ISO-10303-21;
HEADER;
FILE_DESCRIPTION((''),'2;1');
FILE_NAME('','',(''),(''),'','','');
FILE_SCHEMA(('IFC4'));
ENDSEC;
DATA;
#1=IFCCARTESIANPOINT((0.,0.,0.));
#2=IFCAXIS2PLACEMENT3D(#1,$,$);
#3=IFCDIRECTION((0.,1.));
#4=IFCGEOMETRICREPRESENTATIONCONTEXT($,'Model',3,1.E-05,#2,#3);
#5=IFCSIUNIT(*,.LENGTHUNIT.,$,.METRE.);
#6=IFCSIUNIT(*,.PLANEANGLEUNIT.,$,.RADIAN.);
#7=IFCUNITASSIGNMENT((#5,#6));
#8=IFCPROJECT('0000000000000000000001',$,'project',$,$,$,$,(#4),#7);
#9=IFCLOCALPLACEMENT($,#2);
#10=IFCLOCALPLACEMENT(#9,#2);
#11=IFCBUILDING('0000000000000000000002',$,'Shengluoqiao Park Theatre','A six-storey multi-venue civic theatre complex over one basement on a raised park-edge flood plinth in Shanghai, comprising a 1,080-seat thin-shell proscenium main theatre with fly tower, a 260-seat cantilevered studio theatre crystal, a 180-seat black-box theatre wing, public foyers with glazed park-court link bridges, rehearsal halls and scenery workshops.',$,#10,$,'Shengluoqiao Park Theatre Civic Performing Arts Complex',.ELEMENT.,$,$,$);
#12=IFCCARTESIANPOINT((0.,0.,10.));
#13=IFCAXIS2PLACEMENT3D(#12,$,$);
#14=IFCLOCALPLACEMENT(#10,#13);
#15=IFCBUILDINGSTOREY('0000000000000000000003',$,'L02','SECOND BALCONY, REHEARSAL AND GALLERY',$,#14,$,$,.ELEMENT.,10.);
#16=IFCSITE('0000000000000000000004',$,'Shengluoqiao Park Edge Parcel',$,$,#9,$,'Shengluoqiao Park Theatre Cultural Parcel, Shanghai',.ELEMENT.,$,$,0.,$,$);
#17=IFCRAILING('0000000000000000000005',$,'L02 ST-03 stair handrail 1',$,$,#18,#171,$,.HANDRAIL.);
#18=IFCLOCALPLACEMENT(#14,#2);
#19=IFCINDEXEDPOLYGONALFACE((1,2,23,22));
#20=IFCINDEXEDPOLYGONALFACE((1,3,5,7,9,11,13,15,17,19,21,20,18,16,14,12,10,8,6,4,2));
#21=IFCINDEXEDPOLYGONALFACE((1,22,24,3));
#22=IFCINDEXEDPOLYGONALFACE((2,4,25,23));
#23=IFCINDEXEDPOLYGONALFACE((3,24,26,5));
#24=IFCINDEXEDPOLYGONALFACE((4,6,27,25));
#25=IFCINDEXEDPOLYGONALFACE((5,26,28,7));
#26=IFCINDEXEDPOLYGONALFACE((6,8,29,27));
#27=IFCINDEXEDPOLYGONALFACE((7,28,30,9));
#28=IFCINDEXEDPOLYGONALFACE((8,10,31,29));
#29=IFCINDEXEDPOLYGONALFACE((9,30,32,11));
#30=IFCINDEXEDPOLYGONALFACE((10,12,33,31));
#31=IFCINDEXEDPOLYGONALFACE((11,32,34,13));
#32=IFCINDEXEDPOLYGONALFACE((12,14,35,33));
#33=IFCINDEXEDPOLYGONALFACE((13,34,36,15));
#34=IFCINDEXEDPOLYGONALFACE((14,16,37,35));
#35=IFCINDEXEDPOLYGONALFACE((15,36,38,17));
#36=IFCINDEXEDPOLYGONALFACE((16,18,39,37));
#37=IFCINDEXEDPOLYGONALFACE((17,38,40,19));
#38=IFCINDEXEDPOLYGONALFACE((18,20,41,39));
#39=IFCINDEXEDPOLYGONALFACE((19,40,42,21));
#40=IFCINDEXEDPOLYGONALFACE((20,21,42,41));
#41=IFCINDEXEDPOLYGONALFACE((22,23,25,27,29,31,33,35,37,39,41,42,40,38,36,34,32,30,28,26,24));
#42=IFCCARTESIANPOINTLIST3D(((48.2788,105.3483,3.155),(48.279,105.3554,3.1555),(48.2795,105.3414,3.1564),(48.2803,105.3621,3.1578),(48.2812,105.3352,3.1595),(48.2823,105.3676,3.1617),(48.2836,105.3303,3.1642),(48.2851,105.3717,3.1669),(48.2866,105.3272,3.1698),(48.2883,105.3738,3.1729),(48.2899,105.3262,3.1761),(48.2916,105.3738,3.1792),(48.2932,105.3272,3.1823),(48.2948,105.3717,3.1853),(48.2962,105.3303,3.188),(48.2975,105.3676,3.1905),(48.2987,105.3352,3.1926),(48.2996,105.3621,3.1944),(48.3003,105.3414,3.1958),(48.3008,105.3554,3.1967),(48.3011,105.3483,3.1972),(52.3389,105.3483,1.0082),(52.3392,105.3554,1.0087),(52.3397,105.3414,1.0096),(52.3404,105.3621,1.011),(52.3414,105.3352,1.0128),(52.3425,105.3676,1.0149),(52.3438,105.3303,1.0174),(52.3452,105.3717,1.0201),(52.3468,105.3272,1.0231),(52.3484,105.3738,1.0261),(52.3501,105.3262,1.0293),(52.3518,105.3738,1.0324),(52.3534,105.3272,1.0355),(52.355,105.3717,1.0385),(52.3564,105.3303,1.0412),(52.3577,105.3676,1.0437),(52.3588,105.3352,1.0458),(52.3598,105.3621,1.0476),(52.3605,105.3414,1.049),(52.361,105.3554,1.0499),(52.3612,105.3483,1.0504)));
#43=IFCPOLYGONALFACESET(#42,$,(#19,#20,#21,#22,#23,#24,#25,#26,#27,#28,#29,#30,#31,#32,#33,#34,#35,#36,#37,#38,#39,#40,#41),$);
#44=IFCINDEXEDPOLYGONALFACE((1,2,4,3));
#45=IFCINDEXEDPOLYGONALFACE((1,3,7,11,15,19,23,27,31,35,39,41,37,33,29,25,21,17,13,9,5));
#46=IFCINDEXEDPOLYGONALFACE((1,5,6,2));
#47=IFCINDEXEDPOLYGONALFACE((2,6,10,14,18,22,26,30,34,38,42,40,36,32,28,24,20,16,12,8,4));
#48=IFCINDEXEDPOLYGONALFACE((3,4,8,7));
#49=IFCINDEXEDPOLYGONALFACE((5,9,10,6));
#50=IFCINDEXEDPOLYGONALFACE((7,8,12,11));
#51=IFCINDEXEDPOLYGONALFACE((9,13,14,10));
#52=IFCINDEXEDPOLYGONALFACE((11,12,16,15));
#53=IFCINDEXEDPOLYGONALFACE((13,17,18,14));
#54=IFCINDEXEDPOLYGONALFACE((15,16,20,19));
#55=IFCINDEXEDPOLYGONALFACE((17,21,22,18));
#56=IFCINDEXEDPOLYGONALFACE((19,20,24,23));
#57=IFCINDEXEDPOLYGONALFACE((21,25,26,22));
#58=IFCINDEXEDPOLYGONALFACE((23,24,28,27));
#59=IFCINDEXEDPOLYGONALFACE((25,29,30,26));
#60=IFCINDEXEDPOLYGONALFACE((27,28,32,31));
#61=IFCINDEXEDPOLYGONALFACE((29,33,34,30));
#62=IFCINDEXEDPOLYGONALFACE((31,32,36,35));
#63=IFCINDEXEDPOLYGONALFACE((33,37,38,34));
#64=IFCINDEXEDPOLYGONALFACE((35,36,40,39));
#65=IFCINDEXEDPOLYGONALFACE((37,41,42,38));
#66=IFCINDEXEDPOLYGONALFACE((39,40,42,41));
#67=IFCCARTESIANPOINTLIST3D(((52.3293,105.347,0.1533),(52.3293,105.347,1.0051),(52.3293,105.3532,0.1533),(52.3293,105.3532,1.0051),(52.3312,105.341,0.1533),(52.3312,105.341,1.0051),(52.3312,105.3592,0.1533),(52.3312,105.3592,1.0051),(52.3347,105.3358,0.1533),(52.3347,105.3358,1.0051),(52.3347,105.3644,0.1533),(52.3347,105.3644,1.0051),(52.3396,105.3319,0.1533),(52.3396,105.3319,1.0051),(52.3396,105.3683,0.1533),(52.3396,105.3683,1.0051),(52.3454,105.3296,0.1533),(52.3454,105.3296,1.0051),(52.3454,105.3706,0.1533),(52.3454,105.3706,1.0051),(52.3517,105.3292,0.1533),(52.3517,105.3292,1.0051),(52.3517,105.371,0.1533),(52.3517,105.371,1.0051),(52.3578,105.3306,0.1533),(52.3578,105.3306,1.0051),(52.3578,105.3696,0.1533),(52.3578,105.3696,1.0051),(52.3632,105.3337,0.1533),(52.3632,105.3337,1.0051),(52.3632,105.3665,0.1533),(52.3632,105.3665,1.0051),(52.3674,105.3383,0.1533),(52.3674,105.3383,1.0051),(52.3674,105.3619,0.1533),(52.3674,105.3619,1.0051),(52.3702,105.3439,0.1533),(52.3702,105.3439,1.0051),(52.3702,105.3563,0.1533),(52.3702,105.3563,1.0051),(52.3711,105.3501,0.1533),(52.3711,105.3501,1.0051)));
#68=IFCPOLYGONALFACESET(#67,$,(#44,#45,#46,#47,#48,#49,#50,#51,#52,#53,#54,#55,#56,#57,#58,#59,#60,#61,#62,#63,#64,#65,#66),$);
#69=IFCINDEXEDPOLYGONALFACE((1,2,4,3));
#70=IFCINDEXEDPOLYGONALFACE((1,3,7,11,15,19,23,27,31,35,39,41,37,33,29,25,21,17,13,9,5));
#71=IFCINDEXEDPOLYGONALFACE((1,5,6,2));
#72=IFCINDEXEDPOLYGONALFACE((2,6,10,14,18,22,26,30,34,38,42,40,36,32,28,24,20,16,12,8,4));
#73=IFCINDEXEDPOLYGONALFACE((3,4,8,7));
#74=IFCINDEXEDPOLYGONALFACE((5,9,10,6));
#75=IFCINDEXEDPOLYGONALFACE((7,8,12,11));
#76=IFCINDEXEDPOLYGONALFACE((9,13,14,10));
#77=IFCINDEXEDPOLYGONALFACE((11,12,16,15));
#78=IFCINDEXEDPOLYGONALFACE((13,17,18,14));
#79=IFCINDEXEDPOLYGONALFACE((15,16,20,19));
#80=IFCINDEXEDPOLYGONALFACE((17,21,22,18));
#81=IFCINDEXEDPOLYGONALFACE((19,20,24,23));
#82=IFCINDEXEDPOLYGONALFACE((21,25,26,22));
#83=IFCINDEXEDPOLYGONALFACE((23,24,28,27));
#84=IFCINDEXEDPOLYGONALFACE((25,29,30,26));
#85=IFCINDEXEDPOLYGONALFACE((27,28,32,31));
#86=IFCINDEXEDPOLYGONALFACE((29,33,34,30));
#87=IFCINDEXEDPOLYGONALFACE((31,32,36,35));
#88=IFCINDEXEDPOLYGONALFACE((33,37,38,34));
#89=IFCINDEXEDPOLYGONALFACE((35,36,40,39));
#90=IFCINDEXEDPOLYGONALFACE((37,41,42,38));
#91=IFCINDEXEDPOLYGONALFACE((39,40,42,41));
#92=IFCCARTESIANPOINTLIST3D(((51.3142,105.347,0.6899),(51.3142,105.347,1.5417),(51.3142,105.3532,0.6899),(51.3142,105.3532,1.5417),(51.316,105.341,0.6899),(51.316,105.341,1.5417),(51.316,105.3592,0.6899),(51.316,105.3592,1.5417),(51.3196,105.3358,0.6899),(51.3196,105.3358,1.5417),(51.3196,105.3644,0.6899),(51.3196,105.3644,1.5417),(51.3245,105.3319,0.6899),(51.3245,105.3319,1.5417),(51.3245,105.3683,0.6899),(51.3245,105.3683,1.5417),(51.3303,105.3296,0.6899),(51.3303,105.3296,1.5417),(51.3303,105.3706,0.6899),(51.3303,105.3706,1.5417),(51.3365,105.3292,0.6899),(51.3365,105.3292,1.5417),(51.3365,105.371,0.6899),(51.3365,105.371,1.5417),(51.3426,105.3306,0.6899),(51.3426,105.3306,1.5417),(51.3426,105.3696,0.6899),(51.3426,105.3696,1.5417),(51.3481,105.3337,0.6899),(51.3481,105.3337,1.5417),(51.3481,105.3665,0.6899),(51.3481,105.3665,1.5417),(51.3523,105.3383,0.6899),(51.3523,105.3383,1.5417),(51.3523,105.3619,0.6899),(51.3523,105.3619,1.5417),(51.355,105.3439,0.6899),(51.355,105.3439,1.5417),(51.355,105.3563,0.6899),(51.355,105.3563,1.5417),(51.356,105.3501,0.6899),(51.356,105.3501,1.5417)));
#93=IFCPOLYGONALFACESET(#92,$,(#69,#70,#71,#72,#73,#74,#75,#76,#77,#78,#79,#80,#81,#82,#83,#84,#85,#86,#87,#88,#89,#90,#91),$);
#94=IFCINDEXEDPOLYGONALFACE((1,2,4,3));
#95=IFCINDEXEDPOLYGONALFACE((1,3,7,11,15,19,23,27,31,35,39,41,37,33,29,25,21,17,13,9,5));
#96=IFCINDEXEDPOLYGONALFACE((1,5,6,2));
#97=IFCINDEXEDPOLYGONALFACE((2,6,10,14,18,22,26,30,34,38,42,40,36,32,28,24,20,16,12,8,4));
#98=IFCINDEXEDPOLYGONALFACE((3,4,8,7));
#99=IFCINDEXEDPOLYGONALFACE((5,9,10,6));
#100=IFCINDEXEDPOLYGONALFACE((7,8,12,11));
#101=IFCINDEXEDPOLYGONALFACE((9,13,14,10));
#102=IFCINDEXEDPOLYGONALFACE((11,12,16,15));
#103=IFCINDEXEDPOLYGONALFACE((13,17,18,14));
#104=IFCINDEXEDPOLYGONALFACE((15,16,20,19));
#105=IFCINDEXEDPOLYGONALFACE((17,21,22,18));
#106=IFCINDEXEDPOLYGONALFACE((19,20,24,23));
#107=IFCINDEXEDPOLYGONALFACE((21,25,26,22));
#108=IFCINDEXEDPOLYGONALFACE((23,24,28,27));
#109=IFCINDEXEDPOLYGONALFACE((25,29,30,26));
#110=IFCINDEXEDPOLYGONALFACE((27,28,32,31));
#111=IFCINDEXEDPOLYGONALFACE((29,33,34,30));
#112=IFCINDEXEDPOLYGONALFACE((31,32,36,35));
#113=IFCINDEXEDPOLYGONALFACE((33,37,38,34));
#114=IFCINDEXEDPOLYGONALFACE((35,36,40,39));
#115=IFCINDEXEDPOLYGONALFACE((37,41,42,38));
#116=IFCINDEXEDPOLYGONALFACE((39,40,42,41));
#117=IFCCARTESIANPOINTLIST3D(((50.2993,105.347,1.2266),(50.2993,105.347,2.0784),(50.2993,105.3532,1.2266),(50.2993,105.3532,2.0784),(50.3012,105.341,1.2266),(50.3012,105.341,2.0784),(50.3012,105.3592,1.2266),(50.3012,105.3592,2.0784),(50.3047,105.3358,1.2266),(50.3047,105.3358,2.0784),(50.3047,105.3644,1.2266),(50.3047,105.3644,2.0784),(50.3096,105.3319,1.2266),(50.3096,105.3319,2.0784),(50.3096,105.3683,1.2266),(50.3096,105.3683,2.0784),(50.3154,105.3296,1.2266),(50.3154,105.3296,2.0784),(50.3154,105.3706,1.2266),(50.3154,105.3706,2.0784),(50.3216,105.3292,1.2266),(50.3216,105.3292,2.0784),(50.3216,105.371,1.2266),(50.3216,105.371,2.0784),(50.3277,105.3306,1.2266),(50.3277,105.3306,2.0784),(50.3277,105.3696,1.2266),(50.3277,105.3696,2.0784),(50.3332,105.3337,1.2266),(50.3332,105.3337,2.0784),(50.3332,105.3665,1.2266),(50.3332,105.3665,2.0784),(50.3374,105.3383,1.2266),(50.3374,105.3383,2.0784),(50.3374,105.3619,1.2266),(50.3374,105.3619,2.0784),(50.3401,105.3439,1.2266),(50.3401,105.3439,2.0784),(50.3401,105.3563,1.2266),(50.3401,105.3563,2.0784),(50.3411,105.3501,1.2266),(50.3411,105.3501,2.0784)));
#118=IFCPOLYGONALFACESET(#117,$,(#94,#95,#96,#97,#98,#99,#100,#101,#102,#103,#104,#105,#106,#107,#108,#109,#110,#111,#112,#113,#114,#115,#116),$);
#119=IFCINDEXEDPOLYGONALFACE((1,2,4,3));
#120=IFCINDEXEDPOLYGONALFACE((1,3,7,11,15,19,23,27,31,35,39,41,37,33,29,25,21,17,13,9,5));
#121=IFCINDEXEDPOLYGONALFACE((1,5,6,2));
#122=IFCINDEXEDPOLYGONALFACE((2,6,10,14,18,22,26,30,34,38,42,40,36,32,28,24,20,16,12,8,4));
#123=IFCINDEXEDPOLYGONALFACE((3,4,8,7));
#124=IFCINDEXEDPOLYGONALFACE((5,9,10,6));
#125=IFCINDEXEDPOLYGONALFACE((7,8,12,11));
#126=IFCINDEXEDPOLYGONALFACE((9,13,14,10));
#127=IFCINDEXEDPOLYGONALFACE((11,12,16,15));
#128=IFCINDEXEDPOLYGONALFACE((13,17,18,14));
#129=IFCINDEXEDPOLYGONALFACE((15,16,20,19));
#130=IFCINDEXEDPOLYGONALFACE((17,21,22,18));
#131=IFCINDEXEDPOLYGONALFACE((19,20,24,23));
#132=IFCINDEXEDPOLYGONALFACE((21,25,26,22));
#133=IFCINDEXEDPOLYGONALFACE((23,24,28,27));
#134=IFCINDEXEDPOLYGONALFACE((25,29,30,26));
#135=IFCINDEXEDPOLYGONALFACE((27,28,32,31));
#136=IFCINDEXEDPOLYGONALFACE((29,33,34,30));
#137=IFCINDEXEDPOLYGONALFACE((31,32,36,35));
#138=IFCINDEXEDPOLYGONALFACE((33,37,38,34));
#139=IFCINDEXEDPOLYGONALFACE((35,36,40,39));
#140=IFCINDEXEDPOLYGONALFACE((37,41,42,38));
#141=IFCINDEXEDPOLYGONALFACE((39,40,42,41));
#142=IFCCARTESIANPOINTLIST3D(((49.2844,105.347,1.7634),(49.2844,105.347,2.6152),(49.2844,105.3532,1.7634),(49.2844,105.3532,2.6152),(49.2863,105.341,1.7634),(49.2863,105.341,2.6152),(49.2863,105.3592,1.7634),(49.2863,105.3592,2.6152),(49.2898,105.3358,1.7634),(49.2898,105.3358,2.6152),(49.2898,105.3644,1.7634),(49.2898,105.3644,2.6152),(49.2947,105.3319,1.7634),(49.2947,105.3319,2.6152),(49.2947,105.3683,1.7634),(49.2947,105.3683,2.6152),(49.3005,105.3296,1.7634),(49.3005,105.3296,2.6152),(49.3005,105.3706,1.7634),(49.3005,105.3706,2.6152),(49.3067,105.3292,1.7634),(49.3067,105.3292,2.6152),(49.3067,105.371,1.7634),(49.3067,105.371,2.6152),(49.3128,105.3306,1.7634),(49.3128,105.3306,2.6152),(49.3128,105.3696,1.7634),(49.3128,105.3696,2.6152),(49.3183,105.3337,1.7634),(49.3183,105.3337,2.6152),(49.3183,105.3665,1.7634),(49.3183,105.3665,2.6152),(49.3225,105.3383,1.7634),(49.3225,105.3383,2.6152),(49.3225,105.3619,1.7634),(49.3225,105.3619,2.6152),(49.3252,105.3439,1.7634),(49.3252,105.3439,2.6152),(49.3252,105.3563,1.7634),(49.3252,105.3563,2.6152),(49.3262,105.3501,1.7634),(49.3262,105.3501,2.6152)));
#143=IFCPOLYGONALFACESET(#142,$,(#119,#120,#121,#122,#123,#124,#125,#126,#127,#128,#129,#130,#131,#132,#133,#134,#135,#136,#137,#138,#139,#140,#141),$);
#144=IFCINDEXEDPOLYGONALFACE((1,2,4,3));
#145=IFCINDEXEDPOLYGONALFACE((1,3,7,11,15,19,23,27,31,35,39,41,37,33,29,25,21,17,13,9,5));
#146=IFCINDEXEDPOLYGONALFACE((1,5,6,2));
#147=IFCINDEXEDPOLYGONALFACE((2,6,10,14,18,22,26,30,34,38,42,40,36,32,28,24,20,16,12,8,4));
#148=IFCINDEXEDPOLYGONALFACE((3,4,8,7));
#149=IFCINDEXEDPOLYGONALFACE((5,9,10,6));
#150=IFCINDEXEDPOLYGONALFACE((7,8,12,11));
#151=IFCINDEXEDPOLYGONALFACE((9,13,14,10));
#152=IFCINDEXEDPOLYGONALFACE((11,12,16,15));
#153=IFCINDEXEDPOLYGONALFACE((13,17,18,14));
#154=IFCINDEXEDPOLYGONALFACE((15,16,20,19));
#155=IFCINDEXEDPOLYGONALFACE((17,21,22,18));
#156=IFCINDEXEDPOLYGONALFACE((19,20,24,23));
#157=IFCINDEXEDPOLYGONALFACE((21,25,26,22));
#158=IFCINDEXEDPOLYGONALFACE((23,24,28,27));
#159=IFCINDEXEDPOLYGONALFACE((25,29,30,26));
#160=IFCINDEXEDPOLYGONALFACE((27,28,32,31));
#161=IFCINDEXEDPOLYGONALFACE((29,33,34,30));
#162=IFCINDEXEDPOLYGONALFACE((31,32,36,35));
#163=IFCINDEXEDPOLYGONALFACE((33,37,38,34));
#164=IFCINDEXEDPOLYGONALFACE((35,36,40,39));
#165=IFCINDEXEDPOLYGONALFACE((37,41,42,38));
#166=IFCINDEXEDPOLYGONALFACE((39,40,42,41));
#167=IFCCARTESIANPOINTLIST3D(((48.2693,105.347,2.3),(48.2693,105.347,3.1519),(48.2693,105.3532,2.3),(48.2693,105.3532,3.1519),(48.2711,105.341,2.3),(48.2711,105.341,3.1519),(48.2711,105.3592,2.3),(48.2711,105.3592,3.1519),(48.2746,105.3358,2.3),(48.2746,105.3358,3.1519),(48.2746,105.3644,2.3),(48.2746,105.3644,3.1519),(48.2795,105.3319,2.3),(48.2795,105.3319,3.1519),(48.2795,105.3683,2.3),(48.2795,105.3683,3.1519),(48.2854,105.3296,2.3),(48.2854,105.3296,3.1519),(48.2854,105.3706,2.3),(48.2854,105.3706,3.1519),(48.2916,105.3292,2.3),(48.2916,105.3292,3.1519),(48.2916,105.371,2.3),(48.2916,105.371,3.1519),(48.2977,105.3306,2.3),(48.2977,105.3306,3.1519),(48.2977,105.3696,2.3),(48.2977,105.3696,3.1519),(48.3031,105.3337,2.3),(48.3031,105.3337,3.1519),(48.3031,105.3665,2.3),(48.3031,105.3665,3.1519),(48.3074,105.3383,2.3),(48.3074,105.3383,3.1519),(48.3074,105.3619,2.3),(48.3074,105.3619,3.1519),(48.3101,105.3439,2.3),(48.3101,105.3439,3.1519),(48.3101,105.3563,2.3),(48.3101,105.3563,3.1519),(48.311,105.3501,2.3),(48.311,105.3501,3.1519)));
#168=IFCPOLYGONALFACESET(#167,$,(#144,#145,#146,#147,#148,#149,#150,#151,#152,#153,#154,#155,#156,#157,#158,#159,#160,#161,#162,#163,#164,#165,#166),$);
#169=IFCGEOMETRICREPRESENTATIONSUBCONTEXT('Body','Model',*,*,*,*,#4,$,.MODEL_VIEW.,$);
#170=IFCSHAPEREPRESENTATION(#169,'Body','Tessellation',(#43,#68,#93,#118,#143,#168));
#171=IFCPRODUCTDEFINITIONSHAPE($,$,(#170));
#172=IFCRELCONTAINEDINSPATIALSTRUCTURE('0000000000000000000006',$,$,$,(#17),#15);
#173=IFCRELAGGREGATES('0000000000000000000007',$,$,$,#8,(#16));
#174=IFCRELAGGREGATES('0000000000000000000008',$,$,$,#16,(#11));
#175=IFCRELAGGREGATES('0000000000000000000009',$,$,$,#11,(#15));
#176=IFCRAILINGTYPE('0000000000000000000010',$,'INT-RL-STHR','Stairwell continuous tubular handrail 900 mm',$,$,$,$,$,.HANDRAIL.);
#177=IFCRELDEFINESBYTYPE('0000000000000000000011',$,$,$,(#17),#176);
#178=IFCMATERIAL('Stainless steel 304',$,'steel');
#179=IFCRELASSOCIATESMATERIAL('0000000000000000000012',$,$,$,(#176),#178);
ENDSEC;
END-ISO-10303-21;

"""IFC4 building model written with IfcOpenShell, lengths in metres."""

from ifc_helpers import new_model, si_unit, direction, frame, origin, origin_2d, place, context, subcontext, project, spatial, circle, extrude, material, type_object, element, save


model = new_model("IFC4")

# Units and contexts
model_context = context("Model", 3, precision=1e-05, world=origin(), true_north=direction((0.0, 1.0)))
body_context = subcontext(model_context, "Body", "Model", "MODEL_VIEW")
ifc_project = project(units=[si_unit("LENGTHUNIT", "METRE"), si_unit("PLANEANGLEUNIT", "RADIAN")], contexts=[model_context])

# Site, building, storey
site_placement = place(None, origin())
site = spatial("IfcSite", under=ifc_project, at=site_placement, Name="Shengluoqiao Park Edge Parcel", LongName="Shengluoqiao Park Theatre Cultural Parcel, Shanghai", CompositionType="ELEMENT", RefElevation=0.0)
building_placement = place(site_placement, origin())
building = spatial("IfcBuilding", under=site, at=building_placement, Name="Shengluoqiao Park Theatre", Description="A six-storey multi-venue civic theatre complex over one basement on a raised park-edge flood plinth in Shanghai, comprising a 1,080-seat thin-shell proscenium main theatre with fly tower, a 260-seat cantilevered studio theatre crystal, a 180-seat black-box theatre wing, public foyers with glazed park-court link bridges, rehearsal halls and scenery workshops.", LongName="Shengluoqiao Park Theatre Civic Performing Arts Complex", CompositionType="ELEMENT")
storey_placement = place(building_placement, frame((0.0, 0.0, 10.0)))
storey = spatial("IfcBuildingStorey", under=building, at=storey_placement, Name="L02", Description="SECOND BALCONY, REHEARSAL AND GALLERY", CompositionType="ELEMENT", Elevation=10.0)

# Railing
ifc_material_1 = material(Name="Stainless steel 304", Category="steel")
railing_type_1 = type_object("IfcRailingType", Name="INT-RL-STHR", Description="Stairwell continuous tubular handrail 900 mm", PredefinedType="HANDRAIL", material=ifc_material_1)
railing_1_placement = place(storey_placement, frame((52.3501, 105.3501, 0.1533)))
element("IfcRailing", 1, at=railing_1_placement, inside=storey, type_object=railing_type_1, Name="L02 ST-03 stair handrail 1", PredefinedType="HANDRAIL", context=body_context, shape_type="SweptSolid", body=[
    extrude(circle(Radius=0.0239, at=origin_2d()), frame((0.0, 0.0, 0.876), z_axis=(-0.884032, 0.0, 0.467426), x_axis=(0.0, -1.0, 0.0)), (0.0, 0.0, 1.0), 4.5928),
    extrude(circle(Radius=0.021, at=origin_2d()), origin(), (0.0, 0.0, 1.0), 0.8518),
    extrude(circle(Radius=0.021, at=origin_2d()), frame((-1.0151, 0.0, 0.5366)), (0.0, 0.0, 1.0), 0.8518),
    extrude(circle(Radius=0.021, at=origin_2d()), frame((-2.03, 0.0, 1.0732)), (0.0, 0.0, 1.0), 0.8518),
    extrude(circle(Radius=0.021, at=origin_2d()), frame((-3.0449, 0.0, 1.6101)), (0.0, 0.0, 1.0), 0.8518),
    extrude(circle(Radius=0.021, at=origin_2d()), frame((-4.0601, 0.0, 2.1467)), (0.0, 0.0, 1.0), 0.8518),
])

save(model, "model.ifc")
